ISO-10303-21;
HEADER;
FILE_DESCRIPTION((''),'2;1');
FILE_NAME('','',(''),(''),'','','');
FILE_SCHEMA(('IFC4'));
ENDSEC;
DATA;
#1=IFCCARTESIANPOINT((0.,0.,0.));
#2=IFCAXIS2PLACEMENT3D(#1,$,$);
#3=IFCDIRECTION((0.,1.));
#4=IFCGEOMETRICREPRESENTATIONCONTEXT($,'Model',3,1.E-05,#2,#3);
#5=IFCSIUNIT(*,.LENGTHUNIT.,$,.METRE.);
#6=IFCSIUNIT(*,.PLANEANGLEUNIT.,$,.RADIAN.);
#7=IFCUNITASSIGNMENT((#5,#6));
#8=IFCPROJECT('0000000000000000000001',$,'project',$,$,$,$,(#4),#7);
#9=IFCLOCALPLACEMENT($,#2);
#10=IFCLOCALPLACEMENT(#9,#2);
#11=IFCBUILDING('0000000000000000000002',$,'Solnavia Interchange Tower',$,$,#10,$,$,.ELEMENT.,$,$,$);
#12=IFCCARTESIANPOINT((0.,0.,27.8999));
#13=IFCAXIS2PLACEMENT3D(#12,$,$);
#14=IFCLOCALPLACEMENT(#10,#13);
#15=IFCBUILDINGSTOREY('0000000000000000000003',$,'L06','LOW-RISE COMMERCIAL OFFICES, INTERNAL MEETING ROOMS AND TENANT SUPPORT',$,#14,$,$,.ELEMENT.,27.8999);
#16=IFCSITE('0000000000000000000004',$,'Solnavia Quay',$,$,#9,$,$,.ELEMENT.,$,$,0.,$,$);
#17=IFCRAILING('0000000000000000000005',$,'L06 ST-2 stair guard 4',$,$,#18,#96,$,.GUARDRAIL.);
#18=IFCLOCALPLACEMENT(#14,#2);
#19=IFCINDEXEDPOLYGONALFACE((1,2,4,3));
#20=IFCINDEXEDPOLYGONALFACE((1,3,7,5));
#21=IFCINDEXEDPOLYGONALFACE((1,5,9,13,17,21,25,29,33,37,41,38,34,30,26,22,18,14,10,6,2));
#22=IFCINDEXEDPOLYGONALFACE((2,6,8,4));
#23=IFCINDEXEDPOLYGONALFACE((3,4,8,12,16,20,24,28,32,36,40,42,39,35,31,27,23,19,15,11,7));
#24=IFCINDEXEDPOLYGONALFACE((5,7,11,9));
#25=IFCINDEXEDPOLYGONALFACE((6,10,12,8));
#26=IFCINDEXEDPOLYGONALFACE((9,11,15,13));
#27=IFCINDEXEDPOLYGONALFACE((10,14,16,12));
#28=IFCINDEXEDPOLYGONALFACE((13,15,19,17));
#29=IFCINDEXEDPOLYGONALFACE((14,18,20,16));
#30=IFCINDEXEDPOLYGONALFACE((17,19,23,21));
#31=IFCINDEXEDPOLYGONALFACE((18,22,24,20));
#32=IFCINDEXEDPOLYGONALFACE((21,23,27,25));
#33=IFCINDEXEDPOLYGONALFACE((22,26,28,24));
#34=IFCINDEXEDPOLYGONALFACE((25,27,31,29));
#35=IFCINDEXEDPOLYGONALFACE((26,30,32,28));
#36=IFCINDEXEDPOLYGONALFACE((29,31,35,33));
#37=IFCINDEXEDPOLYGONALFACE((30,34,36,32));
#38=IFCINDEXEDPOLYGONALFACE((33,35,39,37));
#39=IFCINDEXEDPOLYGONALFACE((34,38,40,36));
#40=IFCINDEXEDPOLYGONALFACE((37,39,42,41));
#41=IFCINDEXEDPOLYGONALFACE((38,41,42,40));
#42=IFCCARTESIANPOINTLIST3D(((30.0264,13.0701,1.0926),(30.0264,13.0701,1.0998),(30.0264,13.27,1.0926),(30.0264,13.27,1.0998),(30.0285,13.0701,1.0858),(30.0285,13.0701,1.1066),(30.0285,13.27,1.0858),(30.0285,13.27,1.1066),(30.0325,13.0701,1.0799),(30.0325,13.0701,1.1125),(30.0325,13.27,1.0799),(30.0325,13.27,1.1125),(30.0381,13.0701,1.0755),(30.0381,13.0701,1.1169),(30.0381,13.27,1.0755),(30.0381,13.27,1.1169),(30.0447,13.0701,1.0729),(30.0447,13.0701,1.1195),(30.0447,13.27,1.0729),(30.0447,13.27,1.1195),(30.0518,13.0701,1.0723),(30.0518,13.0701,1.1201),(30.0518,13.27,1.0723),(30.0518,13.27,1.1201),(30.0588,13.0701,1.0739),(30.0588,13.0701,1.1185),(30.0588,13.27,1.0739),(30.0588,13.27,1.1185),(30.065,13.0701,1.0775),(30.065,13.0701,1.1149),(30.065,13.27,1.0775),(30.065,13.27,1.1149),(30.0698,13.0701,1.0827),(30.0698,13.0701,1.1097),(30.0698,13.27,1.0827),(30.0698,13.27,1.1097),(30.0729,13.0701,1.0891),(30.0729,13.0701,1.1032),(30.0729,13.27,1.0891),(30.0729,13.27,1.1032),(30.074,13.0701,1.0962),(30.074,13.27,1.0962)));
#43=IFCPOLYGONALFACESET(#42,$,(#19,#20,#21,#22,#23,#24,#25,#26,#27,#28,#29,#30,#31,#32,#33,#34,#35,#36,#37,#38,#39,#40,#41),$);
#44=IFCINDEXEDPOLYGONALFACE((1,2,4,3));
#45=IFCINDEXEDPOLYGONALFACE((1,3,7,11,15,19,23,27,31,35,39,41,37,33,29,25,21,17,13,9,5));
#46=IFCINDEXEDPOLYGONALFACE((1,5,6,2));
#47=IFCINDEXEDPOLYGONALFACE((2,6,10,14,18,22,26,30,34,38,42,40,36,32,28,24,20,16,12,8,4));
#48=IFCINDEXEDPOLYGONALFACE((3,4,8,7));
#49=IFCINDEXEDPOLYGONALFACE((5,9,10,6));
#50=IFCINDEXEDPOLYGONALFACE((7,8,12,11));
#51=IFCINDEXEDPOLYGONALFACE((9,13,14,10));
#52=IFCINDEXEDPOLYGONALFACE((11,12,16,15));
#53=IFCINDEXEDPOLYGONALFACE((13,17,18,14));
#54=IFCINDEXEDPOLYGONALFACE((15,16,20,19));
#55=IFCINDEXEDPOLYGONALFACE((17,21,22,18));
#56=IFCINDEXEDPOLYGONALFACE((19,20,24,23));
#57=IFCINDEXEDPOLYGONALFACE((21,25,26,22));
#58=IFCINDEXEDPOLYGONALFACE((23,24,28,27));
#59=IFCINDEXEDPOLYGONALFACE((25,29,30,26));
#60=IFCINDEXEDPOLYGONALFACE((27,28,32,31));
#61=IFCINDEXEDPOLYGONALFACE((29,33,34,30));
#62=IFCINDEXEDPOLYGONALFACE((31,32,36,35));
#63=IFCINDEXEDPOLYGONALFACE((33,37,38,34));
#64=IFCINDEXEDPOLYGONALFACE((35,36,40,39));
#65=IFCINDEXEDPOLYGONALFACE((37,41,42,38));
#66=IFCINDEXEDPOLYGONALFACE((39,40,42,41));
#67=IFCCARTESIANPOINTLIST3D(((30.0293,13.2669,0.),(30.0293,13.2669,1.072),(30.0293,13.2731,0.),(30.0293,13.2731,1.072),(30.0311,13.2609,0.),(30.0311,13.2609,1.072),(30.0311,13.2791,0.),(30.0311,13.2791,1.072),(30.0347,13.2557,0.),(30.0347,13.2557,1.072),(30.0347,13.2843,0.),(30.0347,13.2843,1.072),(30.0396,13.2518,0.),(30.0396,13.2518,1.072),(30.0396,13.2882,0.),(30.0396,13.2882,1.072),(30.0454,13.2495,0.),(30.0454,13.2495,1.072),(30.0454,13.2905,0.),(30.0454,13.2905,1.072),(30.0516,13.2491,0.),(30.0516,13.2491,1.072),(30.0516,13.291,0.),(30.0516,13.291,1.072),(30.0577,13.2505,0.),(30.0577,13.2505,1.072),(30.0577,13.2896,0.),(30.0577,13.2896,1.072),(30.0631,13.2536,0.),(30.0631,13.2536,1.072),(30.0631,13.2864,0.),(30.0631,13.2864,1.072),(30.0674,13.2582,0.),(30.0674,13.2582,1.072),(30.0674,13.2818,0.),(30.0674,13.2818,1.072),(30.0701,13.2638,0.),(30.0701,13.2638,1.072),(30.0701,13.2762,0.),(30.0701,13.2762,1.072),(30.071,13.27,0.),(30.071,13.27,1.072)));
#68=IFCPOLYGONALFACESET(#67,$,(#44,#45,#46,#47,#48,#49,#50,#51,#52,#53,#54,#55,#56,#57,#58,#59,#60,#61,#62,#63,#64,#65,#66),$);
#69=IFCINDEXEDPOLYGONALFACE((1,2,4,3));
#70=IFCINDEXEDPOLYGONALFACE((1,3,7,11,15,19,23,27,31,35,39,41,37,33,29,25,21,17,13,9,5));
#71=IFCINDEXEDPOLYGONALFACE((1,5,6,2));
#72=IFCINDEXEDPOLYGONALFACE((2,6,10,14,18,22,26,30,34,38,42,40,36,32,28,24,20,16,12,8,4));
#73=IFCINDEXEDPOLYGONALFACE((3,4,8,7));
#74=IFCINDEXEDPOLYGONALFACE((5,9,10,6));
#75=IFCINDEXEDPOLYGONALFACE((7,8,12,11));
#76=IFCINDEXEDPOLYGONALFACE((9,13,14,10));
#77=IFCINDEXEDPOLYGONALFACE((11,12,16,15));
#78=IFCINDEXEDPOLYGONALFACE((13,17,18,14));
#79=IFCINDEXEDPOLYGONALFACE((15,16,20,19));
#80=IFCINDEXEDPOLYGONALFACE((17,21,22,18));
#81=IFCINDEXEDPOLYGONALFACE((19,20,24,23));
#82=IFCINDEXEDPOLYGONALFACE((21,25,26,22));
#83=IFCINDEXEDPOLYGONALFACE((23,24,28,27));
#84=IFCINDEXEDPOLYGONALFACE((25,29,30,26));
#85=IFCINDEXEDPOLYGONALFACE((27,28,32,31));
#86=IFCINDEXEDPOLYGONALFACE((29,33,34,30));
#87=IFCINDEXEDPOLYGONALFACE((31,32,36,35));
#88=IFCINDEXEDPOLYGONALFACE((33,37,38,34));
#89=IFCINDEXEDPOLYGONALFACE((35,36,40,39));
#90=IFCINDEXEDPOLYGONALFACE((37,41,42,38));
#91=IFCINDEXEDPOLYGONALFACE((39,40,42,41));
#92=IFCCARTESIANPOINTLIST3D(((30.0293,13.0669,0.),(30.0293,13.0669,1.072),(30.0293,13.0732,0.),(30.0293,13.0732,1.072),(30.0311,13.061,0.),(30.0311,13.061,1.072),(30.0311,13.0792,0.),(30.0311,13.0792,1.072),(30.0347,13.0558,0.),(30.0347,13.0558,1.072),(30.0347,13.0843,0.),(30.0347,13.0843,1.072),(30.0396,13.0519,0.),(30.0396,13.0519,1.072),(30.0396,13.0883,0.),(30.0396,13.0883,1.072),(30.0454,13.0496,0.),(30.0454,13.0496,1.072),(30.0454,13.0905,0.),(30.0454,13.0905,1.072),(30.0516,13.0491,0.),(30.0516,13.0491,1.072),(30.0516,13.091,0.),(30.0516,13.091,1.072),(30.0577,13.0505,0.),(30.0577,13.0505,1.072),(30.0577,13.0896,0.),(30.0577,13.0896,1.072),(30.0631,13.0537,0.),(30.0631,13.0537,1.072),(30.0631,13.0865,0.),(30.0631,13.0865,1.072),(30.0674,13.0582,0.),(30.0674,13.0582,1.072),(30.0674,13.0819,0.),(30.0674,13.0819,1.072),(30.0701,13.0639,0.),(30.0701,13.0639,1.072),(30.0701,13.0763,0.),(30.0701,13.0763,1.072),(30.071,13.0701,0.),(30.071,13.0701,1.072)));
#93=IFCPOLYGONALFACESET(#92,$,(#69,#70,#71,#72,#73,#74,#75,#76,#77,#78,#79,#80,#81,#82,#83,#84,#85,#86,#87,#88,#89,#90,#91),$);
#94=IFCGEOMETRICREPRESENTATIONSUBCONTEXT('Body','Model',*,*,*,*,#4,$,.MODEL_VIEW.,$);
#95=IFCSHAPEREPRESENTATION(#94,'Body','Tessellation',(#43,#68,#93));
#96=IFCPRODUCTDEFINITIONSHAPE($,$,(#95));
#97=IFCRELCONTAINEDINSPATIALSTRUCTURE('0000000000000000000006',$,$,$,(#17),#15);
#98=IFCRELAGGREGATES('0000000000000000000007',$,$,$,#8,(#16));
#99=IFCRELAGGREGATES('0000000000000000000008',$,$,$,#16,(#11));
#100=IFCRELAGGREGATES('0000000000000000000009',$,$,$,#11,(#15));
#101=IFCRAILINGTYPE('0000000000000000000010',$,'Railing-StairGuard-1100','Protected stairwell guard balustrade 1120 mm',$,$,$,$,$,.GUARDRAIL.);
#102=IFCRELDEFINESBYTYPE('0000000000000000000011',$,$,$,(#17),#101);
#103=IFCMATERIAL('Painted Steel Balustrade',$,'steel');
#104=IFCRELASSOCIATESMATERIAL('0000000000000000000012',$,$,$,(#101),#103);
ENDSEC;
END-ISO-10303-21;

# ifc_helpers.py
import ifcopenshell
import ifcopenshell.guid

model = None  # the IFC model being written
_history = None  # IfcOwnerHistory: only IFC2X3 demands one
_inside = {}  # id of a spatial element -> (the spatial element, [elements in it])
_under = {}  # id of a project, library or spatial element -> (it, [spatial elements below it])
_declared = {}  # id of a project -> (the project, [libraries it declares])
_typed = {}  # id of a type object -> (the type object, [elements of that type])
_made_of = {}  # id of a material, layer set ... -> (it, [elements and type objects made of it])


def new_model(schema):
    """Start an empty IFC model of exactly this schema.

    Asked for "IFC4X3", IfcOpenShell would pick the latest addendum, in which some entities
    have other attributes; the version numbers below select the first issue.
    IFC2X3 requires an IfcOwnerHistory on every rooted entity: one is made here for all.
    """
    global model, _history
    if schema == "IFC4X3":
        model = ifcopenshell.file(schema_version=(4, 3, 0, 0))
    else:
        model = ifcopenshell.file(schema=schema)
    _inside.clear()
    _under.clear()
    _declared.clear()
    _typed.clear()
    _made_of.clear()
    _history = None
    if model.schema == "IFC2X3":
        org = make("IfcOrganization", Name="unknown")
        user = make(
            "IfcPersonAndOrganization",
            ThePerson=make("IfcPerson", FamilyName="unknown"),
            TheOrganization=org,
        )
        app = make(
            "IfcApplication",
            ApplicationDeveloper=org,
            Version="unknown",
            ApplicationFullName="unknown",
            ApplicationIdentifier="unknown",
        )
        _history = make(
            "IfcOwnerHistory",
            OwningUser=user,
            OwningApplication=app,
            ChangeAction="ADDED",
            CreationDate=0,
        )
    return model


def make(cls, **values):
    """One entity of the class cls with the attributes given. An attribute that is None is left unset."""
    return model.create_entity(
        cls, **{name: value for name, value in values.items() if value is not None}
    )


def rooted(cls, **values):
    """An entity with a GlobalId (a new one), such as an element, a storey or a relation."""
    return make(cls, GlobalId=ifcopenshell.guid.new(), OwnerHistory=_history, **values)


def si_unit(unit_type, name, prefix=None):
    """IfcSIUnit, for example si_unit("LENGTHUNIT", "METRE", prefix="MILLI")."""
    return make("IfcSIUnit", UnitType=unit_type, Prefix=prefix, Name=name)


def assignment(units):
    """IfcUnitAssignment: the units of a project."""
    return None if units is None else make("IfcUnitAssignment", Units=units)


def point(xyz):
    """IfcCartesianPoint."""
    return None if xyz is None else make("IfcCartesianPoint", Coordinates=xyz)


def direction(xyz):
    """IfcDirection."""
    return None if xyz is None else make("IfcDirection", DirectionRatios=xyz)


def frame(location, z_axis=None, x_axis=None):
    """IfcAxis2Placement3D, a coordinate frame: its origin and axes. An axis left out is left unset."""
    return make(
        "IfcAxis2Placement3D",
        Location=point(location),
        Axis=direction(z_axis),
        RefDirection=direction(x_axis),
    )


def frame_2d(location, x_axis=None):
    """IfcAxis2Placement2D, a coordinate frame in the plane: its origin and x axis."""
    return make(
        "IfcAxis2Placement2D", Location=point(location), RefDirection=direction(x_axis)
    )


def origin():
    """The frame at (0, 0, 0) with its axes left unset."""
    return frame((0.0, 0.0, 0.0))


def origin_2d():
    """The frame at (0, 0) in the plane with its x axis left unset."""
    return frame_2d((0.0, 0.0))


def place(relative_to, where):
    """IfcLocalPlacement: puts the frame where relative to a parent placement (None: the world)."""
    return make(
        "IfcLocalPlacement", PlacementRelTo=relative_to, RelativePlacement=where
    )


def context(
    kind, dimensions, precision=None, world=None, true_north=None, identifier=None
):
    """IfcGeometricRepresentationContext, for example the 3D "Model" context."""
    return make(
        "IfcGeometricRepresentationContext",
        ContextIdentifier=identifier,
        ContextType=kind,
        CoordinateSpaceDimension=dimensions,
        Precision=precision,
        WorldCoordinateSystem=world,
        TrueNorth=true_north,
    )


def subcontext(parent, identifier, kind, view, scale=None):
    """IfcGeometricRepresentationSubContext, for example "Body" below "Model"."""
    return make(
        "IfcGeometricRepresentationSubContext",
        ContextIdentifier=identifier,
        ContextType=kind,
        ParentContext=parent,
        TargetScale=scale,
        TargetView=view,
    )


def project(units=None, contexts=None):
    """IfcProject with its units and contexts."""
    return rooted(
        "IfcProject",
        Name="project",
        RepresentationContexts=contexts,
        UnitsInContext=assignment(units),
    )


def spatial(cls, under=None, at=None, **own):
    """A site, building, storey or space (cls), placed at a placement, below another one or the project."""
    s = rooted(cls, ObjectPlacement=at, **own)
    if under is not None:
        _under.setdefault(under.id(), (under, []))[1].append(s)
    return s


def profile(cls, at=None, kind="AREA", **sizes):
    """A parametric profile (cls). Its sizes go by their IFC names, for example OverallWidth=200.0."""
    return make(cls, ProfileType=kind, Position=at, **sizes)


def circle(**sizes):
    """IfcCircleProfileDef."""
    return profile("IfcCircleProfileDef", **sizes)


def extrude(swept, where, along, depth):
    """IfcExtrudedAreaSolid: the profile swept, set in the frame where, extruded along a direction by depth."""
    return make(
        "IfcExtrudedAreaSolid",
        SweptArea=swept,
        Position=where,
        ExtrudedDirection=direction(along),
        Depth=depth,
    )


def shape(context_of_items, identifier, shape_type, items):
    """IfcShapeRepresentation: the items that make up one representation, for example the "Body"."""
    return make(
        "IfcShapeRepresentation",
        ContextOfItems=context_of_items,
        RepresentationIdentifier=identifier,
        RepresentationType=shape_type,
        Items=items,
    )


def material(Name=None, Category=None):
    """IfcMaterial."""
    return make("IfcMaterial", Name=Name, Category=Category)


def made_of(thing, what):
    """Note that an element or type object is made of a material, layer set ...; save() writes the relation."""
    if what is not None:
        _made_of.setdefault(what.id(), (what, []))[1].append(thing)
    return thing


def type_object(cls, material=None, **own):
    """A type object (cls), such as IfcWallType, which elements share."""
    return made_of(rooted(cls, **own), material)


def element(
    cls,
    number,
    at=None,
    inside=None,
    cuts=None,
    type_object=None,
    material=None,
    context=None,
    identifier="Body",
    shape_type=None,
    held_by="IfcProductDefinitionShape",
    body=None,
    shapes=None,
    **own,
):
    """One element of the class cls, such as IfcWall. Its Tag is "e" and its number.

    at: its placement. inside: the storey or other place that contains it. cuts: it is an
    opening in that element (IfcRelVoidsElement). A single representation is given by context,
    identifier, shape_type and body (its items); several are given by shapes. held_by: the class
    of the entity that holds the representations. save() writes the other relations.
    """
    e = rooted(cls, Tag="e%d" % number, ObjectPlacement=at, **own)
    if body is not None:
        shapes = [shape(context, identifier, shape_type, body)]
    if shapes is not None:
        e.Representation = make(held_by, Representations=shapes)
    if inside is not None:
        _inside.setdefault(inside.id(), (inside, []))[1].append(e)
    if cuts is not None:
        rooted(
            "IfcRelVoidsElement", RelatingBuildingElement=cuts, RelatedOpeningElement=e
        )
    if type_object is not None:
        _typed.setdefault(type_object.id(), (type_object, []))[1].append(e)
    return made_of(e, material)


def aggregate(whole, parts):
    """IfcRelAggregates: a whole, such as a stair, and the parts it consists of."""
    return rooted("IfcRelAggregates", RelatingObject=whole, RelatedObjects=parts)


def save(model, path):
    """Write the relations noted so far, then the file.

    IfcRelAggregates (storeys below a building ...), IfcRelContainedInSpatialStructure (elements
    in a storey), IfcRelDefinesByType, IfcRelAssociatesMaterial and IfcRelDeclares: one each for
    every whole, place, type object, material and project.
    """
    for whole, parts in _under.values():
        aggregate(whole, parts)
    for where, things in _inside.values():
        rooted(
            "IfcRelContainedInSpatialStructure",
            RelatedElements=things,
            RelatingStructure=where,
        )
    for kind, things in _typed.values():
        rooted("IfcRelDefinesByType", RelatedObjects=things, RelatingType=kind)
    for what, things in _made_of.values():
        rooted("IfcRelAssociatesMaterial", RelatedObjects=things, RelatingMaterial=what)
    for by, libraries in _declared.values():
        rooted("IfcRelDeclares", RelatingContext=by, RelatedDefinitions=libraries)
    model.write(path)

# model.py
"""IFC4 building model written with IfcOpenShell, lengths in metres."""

from ifc_helpers import new_model, si_unit, direction, frame, origin, origin_2d, place, context, subcontext, project, spatial, circle, extrude, material, type_object, element, save


model = new_model("IFC4")

# Units and contexts
model_context = context("Model", 3, precision=1e-05, world=origin(), true_north=direction((0.0, 1.0)))
body_context = subcontext(model_context, "Body", "Model", "MODEL_VIEW")
ifc_project = project(units=[si_unit("LENGTHUNIT", "METRE"), si_unit("PLANEANGLEUNIT", "RADIAN")], contexts=[model_context])

# Site, building, storey
site_placement = place(None, origin())
site = spatial("IfcSite", under=ifc_project, at=site_placement, Name="Solnavia Quay", CompositionType="ELEMENT", RefElevation=0.0)
building_placement = place(site_placement, origin())
building = spatial("IfcBuilding", under=site, at=building_placement, Name="Solnavia Interchange Tower", CompositionType="ELEMENT")
storey_placement = place(building_placement, frame((0.0, 0.0, 27.8999)))
storey = spatial("IfcBuildingStorey", under=building, at=storey_placement, Name="L06", Description="LOW-RISE COMMERCIAL OFFICES, INTERNAL MEETING ROOMS AND TENANT SUPPORT", CompositionType="ELEMENT", Elevation=27.8999)

# Railing
ifc_material_1 = material(Name="Painted Steel Balustrade", Category="steel")
railing_type_1 = type_object("IfcRailingType", Name="Railing-StairGuard-1100", Description="Protected stairwell guard balustrade 1120 mm", PredefinedType="GUARDRAIL", material=ifc_material_1)
railing_1_placement = place(storey_placement, frame((30.05, 13.27, 0.0)))
element("IfcRailing", 1, at=railing_1_placement, inside=storey, type_object=railing_type_1, Name="L06 ST-2 stair guard 4", PredefinedType="GUARDRAIL", context=body_context, shape_type="SweptSolid", body=[
    extrude(circle(Radius=0.0239, at=origin_2d()), frame((0.0, 0.0, 1.0962), z_axis=(0.0, -1.0, 0.0), x_axis=(1.0, 0.0, 0.0)), (0.0, 0.0, 1.0), 0.2),
    extrude(circle(Radius=0.021, at=origin_2d()), origin(), (0.0, 0.0, 1.0), 1.072),
    extrude(circle(Radius=0.021, at=origin_2d()), frame((0.0, -0.2, 0.0)), (0.0, 0.0, 1.0), 1.072),
])

save(model, "model.ifc")
